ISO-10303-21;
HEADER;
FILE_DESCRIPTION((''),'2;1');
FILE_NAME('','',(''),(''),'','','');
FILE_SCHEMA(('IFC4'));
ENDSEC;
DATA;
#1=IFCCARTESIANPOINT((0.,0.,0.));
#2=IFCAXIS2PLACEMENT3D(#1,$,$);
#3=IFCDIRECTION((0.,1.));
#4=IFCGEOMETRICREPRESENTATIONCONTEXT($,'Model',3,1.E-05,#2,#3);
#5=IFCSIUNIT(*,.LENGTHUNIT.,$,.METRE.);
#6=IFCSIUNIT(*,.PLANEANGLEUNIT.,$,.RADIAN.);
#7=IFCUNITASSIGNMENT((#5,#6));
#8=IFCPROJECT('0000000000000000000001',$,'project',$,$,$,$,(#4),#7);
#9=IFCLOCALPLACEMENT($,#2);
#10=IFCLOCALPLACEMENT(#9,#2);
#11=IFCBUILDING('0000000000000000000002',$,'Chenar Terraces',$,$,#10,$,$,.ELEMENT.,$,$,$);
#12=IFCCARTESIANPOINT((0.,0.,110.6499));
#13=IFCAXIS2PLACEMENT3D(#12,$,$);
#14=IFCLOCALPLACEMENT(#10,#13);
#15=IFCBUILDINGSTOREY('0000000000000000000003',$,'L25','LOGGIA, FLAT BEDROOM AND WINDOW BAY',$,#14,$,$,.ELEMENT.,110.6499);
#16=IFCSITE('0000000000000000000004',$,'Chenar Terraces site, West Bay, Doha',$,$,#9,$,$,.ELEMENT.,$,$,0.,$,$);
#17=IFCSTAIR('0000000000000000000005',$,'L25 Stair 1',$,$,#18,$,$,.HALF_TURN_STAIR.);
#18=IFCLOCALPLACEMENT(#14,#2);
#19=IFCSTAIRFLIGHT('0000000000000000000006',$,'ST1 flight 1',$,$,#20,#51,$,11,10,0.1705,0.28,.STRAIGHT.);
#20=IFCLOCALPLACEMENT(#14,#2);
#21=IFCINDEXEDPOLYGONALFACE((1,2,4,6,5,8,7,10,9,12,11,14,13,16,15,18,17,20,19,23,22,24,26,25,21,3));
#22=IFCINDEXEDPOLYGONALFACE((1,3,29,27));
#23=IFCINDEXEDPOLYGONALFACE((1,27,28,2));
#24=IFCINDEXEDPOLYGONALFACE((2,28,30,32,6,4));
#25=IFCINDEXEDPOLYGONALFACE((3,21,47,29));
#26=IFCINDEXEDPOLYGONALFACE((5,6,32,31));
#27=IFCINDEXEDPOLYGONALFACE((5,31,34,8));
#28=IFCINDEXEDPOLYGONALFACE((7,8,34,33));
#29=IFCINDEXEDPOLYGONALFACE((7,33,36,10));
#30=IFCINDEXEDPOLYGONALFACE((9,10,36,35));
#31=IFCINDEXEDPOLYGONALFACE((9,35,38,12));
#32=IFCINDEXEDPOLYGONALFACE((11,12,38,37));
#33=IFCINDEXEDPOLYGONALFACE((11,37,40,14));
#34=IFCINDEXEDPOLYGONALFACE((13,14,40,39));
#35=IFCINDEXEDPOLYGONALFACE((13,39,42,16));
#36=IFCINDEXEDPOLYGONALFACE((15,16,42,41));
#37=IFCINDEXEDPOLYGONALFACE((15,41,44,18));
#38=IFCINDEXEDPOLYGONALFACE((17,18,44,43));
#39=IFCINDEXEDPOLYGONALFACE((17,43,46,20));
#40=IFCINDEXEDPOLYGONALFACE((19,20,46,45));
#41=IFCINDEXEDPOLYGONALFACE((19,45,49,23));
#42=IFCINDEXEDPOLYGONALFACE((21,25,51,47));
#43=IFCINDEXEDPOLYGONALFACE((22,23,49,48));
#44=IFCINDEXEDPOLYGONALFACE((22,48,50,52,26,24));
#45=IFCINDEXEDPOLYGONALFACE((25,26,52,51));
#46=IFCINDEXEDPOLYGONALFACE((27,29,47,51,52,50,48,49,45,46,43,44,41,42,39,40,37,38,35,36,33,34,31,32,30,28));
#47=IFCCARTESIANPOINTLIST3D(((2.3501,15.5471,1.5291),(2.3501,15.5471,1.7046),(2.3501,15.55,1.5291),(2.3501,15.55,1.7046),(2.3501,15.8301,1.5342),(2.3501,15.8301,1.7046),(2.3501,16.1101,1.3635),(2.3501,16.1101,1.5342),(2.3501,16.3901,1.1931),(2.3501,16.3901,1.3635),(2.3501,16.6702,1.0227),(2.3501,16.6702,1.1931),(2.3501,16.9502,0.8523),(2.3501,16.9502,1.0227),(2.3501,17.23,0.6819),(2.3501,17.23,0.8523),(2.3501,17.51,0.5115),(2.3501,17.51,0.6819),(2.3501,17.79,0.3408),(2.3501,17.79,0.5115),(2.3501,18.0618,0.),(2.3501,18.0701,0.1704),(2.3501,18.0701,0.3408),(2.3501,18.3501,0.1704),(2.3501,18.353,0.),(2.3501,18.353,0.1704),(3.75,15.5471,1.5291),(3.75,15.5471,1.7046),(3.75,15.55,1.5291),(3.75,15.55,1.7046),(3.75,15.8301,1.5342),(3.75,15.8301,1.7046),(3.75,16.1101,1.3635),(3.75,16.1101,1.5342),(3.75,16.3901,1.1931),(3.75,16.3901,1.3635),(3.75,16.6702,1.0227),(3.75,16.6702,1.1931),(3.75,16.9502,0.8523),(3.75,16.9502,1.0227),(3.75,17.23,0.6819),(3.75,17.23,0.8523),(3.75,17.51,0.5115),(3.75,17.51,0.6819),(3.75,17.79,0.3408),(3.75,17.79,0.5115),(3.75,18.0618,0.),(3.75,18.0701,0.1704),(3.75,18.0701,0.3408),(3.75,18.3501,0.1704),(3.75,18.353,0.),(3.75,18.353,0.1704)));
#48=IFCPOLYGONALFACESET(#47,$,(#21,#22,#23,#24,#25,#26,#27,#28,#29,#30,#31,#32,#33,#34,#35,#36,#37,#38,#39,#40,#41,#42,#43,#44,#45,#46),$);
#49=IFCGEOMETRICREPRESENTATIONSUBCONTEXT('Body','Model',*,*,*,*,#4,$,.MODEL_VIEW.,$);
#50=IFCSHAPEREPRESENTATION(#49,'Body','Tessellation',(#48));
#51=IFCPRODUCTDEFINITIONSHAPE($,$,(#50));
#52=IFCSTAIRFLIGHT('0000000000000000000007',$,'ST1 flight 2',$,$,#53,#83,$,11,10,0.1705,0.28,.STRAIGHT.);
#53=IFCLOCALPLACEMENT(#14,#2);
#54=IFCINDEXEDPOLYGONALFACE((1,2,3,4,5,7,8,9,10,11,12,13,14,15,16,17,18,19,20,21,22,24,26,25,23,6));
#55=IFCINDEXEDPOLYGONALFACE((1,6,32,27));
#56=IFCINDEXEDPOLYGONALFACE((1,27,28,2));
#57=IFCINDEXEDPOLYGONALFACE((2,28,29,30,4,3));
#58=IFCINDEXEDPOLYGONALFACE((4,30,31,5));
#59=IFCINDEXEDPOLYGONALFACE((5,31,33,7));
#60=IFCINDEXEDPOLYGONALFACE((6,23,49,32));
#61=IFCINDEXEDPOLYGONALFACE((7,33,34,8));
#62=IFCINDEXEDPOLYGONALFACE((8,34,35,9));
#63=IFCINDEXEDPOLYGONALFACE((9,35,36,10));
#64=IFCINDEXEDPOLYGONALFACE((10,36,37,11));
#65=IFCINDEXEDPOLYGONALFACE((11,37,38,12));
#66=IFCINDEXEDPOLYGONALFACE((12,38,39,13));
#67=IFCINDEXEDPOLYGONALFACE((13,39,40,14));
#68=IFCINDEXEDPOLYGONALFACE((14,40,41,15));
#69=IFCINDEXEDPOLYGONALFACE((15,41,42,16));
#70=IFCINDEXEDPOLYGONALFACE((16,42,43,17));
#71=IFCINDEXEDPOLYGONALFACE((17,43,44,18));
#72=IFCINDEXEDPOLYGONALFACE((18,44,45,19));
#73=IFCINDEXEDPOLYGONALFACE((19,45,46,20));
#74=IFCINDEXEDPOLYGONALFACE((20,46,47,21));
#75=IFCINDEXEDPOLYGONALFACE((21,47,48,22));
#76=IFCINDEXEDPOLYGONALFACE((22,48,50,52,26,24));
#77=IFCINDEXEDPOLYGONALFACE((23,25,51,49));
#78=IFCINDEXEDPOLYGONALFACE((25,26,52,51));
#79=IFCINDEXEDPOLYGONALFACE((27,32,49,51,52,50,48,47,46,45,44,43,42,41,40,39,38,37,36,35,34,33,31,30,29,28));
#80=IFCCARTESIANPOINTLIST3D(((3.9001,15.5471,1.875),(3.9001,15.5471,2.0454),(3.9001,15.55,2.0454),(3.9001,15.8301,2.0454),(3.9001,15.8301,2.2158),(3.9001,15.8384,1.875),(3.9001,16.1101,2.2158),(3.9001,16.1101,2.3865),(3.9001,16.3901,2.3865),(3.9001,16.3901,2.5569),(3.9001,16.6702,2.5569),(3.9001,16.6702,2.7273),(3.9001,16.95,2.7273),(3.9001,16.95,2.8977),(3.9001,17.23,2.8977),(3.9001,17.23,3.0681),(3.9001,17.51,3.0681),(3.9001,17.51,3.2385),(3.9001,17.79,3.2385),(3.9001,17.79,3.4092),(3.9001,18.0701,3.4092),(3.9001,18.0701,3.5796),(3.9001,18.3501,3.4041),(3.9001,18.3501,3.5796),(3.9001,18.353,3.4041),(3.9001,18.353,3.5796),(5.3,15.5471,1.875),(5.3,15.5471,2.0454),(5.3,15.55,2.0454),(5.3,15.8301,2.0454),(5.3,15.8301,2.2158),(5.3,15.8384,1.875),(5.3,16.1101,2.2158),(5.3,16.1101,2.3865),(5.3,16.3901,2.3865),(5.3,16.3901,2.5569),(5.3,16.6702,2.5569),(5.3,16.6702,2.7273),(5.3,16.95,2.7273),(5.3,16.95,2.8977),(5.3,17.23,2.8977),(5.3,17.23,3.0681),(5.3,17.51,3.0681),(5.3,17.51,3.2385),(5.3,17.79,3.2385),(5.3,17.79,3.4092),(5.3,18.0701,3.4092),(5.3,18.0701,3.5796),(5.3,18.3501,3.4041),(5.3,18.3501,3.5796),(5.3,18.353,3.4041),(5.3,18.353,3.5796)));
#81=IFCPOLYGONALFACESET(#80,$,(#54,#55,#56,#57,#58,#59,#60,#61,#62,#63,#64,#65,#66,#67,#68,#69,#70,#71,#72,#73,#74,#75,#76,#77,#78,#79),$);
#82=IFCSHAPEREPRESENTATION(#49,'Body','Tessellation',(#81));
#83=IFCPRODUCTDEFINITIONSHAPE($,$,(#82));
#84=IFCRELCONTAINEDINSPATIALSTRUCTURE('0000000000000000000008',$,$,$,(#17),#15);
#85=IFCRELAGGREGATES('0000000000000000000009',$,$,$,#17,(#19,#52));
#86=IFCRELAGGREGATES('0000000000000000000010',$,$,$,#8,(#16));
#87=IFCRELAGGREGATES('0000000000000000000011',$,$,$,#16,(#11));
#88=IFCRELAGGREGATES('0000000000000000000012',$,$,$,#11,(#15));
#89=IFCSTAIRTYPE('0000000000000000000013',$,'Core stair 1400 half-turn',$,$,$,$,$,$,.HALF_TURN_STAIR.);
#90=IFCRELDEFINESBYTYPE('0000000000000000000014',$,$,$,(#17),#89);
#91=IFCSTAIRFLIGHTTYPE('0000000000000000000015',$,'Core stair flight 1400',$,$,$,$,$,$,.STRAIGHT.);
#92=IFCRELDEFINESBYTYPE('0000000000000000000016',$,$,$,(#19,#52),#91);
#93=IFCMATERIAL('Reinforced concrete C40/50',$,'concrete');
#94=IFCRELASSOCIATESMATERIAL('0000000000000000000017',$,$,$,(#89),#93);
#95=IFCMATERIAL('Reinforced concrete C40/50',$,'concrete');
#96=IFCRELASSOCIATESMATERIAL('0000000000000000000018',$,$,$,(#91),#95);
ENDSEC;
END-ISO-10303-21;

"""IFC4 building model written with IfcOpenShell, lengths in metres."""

from ifc_helpers import new_model, si_unit, direction, frame, origin, place, context, subcontext, project, spatial, polyline, outline, extrude, material, type_object, element, aggregate, save


model = new_model("IFC4")

# Units and contexts
model_context = context("Model", 3, precision=1e-05, world=origin(), true_north=direction((0.0, 1.0)))
body_context = subcontext(model_context, "Body", "Model", "MODEL_VIEW")
ifc_project = project(units=[si_unit("LENGTHUNIT", "METRE"), si_unit("PLANEANGLEUNIT", "RADIAN")], contexts=[model_context])

# Site, building, storey
site_placement = place(None, origin())
site = spatial("IfcSite", under=ifc_project, at=site_placement, Name="Chenar Terraces site, West Bay, Doha", CompositionType="ELEMENT", RefElevation=0.0)
building_placement = place(site_placement, origin())
building = spatial("IfcBuilding", under=site, at=building_placement, Name="Chenar Terraces", CompositionType="ELEMENT")
storey_placement = place(building_placement, frame((0.0, 0.0, 110.6499)))
storey = spatial("IfcBuildingStorey", under=building, at=storey_placement, Name="L25", Description="LOGGIA, FLAT BEDROOM AND WINDOW BAY", CompositionType="ELEMENT", Elevation=110.6499)

# Stair, stair flights
ifc_material_1 = material(Name="Reinforced concrete C40/50", Category="concrete")
stair_type = type_object("IfcStairType", Name="Core stair 1400 half-turn", PredefinedType="HALF_TURN_STAIR", material=ifc_material_1)
stair_placement = place(storey_placement, origin())
stair = element("IfcStair", 1, at=stair_placement, inside=storey, type_object=stair_type, Name="L25 Stair 1", PredefinedType="HALF_TURN_STAIR")
ifc_material_2 = material(Name="Reinforced concrete C40/50", Category="concrete")
stair_flight_type = type_object("IfcStairFlightType", Name="Core stair flight 1400", PredefinedType="STRAIGHT", material=ifc_material_2)
stair_flight_1_placement = place(storey_placement, frame((3.05, 18.3501, 0.0), z_axis=(0.0, 0.0, 1.0), x_axis=(0.0, -1.0, 0.0)))
stair_flight_1 = element("IfcStairFlight", 2, at=stair_flight_1_placement, type_object=stair_flight_type, Name="ST1 flight 1", NumberOfRisers=11, NumberOfTreads=10, PredefinedType="STRAIGHT", RiserHeight=0.1705, TreadLength=0.28, context=body_context, shape_type="SweptSolid", body=[
    extrude(outline(polyline([(-0.0029, 0.0), (-0.0029, 0.1704), (0.0, 0.1704), (0.28, 0.1704), (0.28, 0.3408), (0.5601, 0.3408), (0.5601, 0.5115), (0.8401, 0.5115), (0.8401, 0.6819), (1.1201, 0.6819), (1.1201, 0.8523), (1.3999, 0.8523), (1.3999, 1.0227), (1.6799, 1.0227), (1.6799, 1.1931), (1.96, 1.1931), (1.96, 1.3635), (2.24, 1.3635), (2.24, 1.5342), (2.52, 1.5342), (2.52, 1.7046), (2.8, 1.7046), (2.803, 1.7046), (2.803, 1.5291), (2.8, 1.5291), (0.2883, 0.0), (-0.0029, 0.0)])), frame((0.0, 0.7, 0.0), z_axis=(0.0, -1.0, 0.0), x_axis=(1.0, 0.0, 0.0)), (0.0, 0.0, 1.0), 1.3999),
])
stair_flight_2_placement = place(storey_placement, frame((4.6001, 15.55, 1.875), z_axis=(0.0, 0.0, 1.0), x_axis=(0.0, 1.0, 0.0)))
stair_flight_2 = element("IfcStairFlight", 3, at=stair_flight_2_placement, type_object=stair_flight_type, Name="ST1 flight 2", NumberOfRisers=11, NumberOfTreads=10, PredefinedType="STRAIGHT", RiserHeight=0.1705, TreadLength=0.28, context=body_context, shape_type="SweptSolid", body=[
    extrude(outline(polyline([(-0.0029, 0.0), (-0.0029, 0.1704), (0.0, 0.1704), (0.28, 0.1704), (0.28, 0.3408), (0.5601, 0.3408), (0.5601, 0.5115), (0.8401, 0.5115), (0.8401, 0.6819), (1.1201, 0.6819), (1.1201, 0.8523), (1.3999, 0.8523), (1.3999, 1.0227), (1.6799, 1.0227), (1.6799, 1.1931), (1.96, 1.1931), (1.96, 1.3635), (2.24, 1.3635), (2.24, 1.5342), (2.52, 1.5342), (2.52, 1.7046), (2.8, 1.7046), (2.803, 1.7046), (2.803, 1.5291), (2.8, 1.5291), (0.2883, 0.0), (-0.0029, 0.0)])), frame((0.0, 0.7, 0.0), z_axis=(0.0, -1.0, 0.0), x_axis=(1.0, 0.0, 0.0)), (0.0, 0.0, 1.0), 1.3999),
])
aggregate(stair, [stair_flight_1, stair_flight_2])

save(model, "model.ifc")
